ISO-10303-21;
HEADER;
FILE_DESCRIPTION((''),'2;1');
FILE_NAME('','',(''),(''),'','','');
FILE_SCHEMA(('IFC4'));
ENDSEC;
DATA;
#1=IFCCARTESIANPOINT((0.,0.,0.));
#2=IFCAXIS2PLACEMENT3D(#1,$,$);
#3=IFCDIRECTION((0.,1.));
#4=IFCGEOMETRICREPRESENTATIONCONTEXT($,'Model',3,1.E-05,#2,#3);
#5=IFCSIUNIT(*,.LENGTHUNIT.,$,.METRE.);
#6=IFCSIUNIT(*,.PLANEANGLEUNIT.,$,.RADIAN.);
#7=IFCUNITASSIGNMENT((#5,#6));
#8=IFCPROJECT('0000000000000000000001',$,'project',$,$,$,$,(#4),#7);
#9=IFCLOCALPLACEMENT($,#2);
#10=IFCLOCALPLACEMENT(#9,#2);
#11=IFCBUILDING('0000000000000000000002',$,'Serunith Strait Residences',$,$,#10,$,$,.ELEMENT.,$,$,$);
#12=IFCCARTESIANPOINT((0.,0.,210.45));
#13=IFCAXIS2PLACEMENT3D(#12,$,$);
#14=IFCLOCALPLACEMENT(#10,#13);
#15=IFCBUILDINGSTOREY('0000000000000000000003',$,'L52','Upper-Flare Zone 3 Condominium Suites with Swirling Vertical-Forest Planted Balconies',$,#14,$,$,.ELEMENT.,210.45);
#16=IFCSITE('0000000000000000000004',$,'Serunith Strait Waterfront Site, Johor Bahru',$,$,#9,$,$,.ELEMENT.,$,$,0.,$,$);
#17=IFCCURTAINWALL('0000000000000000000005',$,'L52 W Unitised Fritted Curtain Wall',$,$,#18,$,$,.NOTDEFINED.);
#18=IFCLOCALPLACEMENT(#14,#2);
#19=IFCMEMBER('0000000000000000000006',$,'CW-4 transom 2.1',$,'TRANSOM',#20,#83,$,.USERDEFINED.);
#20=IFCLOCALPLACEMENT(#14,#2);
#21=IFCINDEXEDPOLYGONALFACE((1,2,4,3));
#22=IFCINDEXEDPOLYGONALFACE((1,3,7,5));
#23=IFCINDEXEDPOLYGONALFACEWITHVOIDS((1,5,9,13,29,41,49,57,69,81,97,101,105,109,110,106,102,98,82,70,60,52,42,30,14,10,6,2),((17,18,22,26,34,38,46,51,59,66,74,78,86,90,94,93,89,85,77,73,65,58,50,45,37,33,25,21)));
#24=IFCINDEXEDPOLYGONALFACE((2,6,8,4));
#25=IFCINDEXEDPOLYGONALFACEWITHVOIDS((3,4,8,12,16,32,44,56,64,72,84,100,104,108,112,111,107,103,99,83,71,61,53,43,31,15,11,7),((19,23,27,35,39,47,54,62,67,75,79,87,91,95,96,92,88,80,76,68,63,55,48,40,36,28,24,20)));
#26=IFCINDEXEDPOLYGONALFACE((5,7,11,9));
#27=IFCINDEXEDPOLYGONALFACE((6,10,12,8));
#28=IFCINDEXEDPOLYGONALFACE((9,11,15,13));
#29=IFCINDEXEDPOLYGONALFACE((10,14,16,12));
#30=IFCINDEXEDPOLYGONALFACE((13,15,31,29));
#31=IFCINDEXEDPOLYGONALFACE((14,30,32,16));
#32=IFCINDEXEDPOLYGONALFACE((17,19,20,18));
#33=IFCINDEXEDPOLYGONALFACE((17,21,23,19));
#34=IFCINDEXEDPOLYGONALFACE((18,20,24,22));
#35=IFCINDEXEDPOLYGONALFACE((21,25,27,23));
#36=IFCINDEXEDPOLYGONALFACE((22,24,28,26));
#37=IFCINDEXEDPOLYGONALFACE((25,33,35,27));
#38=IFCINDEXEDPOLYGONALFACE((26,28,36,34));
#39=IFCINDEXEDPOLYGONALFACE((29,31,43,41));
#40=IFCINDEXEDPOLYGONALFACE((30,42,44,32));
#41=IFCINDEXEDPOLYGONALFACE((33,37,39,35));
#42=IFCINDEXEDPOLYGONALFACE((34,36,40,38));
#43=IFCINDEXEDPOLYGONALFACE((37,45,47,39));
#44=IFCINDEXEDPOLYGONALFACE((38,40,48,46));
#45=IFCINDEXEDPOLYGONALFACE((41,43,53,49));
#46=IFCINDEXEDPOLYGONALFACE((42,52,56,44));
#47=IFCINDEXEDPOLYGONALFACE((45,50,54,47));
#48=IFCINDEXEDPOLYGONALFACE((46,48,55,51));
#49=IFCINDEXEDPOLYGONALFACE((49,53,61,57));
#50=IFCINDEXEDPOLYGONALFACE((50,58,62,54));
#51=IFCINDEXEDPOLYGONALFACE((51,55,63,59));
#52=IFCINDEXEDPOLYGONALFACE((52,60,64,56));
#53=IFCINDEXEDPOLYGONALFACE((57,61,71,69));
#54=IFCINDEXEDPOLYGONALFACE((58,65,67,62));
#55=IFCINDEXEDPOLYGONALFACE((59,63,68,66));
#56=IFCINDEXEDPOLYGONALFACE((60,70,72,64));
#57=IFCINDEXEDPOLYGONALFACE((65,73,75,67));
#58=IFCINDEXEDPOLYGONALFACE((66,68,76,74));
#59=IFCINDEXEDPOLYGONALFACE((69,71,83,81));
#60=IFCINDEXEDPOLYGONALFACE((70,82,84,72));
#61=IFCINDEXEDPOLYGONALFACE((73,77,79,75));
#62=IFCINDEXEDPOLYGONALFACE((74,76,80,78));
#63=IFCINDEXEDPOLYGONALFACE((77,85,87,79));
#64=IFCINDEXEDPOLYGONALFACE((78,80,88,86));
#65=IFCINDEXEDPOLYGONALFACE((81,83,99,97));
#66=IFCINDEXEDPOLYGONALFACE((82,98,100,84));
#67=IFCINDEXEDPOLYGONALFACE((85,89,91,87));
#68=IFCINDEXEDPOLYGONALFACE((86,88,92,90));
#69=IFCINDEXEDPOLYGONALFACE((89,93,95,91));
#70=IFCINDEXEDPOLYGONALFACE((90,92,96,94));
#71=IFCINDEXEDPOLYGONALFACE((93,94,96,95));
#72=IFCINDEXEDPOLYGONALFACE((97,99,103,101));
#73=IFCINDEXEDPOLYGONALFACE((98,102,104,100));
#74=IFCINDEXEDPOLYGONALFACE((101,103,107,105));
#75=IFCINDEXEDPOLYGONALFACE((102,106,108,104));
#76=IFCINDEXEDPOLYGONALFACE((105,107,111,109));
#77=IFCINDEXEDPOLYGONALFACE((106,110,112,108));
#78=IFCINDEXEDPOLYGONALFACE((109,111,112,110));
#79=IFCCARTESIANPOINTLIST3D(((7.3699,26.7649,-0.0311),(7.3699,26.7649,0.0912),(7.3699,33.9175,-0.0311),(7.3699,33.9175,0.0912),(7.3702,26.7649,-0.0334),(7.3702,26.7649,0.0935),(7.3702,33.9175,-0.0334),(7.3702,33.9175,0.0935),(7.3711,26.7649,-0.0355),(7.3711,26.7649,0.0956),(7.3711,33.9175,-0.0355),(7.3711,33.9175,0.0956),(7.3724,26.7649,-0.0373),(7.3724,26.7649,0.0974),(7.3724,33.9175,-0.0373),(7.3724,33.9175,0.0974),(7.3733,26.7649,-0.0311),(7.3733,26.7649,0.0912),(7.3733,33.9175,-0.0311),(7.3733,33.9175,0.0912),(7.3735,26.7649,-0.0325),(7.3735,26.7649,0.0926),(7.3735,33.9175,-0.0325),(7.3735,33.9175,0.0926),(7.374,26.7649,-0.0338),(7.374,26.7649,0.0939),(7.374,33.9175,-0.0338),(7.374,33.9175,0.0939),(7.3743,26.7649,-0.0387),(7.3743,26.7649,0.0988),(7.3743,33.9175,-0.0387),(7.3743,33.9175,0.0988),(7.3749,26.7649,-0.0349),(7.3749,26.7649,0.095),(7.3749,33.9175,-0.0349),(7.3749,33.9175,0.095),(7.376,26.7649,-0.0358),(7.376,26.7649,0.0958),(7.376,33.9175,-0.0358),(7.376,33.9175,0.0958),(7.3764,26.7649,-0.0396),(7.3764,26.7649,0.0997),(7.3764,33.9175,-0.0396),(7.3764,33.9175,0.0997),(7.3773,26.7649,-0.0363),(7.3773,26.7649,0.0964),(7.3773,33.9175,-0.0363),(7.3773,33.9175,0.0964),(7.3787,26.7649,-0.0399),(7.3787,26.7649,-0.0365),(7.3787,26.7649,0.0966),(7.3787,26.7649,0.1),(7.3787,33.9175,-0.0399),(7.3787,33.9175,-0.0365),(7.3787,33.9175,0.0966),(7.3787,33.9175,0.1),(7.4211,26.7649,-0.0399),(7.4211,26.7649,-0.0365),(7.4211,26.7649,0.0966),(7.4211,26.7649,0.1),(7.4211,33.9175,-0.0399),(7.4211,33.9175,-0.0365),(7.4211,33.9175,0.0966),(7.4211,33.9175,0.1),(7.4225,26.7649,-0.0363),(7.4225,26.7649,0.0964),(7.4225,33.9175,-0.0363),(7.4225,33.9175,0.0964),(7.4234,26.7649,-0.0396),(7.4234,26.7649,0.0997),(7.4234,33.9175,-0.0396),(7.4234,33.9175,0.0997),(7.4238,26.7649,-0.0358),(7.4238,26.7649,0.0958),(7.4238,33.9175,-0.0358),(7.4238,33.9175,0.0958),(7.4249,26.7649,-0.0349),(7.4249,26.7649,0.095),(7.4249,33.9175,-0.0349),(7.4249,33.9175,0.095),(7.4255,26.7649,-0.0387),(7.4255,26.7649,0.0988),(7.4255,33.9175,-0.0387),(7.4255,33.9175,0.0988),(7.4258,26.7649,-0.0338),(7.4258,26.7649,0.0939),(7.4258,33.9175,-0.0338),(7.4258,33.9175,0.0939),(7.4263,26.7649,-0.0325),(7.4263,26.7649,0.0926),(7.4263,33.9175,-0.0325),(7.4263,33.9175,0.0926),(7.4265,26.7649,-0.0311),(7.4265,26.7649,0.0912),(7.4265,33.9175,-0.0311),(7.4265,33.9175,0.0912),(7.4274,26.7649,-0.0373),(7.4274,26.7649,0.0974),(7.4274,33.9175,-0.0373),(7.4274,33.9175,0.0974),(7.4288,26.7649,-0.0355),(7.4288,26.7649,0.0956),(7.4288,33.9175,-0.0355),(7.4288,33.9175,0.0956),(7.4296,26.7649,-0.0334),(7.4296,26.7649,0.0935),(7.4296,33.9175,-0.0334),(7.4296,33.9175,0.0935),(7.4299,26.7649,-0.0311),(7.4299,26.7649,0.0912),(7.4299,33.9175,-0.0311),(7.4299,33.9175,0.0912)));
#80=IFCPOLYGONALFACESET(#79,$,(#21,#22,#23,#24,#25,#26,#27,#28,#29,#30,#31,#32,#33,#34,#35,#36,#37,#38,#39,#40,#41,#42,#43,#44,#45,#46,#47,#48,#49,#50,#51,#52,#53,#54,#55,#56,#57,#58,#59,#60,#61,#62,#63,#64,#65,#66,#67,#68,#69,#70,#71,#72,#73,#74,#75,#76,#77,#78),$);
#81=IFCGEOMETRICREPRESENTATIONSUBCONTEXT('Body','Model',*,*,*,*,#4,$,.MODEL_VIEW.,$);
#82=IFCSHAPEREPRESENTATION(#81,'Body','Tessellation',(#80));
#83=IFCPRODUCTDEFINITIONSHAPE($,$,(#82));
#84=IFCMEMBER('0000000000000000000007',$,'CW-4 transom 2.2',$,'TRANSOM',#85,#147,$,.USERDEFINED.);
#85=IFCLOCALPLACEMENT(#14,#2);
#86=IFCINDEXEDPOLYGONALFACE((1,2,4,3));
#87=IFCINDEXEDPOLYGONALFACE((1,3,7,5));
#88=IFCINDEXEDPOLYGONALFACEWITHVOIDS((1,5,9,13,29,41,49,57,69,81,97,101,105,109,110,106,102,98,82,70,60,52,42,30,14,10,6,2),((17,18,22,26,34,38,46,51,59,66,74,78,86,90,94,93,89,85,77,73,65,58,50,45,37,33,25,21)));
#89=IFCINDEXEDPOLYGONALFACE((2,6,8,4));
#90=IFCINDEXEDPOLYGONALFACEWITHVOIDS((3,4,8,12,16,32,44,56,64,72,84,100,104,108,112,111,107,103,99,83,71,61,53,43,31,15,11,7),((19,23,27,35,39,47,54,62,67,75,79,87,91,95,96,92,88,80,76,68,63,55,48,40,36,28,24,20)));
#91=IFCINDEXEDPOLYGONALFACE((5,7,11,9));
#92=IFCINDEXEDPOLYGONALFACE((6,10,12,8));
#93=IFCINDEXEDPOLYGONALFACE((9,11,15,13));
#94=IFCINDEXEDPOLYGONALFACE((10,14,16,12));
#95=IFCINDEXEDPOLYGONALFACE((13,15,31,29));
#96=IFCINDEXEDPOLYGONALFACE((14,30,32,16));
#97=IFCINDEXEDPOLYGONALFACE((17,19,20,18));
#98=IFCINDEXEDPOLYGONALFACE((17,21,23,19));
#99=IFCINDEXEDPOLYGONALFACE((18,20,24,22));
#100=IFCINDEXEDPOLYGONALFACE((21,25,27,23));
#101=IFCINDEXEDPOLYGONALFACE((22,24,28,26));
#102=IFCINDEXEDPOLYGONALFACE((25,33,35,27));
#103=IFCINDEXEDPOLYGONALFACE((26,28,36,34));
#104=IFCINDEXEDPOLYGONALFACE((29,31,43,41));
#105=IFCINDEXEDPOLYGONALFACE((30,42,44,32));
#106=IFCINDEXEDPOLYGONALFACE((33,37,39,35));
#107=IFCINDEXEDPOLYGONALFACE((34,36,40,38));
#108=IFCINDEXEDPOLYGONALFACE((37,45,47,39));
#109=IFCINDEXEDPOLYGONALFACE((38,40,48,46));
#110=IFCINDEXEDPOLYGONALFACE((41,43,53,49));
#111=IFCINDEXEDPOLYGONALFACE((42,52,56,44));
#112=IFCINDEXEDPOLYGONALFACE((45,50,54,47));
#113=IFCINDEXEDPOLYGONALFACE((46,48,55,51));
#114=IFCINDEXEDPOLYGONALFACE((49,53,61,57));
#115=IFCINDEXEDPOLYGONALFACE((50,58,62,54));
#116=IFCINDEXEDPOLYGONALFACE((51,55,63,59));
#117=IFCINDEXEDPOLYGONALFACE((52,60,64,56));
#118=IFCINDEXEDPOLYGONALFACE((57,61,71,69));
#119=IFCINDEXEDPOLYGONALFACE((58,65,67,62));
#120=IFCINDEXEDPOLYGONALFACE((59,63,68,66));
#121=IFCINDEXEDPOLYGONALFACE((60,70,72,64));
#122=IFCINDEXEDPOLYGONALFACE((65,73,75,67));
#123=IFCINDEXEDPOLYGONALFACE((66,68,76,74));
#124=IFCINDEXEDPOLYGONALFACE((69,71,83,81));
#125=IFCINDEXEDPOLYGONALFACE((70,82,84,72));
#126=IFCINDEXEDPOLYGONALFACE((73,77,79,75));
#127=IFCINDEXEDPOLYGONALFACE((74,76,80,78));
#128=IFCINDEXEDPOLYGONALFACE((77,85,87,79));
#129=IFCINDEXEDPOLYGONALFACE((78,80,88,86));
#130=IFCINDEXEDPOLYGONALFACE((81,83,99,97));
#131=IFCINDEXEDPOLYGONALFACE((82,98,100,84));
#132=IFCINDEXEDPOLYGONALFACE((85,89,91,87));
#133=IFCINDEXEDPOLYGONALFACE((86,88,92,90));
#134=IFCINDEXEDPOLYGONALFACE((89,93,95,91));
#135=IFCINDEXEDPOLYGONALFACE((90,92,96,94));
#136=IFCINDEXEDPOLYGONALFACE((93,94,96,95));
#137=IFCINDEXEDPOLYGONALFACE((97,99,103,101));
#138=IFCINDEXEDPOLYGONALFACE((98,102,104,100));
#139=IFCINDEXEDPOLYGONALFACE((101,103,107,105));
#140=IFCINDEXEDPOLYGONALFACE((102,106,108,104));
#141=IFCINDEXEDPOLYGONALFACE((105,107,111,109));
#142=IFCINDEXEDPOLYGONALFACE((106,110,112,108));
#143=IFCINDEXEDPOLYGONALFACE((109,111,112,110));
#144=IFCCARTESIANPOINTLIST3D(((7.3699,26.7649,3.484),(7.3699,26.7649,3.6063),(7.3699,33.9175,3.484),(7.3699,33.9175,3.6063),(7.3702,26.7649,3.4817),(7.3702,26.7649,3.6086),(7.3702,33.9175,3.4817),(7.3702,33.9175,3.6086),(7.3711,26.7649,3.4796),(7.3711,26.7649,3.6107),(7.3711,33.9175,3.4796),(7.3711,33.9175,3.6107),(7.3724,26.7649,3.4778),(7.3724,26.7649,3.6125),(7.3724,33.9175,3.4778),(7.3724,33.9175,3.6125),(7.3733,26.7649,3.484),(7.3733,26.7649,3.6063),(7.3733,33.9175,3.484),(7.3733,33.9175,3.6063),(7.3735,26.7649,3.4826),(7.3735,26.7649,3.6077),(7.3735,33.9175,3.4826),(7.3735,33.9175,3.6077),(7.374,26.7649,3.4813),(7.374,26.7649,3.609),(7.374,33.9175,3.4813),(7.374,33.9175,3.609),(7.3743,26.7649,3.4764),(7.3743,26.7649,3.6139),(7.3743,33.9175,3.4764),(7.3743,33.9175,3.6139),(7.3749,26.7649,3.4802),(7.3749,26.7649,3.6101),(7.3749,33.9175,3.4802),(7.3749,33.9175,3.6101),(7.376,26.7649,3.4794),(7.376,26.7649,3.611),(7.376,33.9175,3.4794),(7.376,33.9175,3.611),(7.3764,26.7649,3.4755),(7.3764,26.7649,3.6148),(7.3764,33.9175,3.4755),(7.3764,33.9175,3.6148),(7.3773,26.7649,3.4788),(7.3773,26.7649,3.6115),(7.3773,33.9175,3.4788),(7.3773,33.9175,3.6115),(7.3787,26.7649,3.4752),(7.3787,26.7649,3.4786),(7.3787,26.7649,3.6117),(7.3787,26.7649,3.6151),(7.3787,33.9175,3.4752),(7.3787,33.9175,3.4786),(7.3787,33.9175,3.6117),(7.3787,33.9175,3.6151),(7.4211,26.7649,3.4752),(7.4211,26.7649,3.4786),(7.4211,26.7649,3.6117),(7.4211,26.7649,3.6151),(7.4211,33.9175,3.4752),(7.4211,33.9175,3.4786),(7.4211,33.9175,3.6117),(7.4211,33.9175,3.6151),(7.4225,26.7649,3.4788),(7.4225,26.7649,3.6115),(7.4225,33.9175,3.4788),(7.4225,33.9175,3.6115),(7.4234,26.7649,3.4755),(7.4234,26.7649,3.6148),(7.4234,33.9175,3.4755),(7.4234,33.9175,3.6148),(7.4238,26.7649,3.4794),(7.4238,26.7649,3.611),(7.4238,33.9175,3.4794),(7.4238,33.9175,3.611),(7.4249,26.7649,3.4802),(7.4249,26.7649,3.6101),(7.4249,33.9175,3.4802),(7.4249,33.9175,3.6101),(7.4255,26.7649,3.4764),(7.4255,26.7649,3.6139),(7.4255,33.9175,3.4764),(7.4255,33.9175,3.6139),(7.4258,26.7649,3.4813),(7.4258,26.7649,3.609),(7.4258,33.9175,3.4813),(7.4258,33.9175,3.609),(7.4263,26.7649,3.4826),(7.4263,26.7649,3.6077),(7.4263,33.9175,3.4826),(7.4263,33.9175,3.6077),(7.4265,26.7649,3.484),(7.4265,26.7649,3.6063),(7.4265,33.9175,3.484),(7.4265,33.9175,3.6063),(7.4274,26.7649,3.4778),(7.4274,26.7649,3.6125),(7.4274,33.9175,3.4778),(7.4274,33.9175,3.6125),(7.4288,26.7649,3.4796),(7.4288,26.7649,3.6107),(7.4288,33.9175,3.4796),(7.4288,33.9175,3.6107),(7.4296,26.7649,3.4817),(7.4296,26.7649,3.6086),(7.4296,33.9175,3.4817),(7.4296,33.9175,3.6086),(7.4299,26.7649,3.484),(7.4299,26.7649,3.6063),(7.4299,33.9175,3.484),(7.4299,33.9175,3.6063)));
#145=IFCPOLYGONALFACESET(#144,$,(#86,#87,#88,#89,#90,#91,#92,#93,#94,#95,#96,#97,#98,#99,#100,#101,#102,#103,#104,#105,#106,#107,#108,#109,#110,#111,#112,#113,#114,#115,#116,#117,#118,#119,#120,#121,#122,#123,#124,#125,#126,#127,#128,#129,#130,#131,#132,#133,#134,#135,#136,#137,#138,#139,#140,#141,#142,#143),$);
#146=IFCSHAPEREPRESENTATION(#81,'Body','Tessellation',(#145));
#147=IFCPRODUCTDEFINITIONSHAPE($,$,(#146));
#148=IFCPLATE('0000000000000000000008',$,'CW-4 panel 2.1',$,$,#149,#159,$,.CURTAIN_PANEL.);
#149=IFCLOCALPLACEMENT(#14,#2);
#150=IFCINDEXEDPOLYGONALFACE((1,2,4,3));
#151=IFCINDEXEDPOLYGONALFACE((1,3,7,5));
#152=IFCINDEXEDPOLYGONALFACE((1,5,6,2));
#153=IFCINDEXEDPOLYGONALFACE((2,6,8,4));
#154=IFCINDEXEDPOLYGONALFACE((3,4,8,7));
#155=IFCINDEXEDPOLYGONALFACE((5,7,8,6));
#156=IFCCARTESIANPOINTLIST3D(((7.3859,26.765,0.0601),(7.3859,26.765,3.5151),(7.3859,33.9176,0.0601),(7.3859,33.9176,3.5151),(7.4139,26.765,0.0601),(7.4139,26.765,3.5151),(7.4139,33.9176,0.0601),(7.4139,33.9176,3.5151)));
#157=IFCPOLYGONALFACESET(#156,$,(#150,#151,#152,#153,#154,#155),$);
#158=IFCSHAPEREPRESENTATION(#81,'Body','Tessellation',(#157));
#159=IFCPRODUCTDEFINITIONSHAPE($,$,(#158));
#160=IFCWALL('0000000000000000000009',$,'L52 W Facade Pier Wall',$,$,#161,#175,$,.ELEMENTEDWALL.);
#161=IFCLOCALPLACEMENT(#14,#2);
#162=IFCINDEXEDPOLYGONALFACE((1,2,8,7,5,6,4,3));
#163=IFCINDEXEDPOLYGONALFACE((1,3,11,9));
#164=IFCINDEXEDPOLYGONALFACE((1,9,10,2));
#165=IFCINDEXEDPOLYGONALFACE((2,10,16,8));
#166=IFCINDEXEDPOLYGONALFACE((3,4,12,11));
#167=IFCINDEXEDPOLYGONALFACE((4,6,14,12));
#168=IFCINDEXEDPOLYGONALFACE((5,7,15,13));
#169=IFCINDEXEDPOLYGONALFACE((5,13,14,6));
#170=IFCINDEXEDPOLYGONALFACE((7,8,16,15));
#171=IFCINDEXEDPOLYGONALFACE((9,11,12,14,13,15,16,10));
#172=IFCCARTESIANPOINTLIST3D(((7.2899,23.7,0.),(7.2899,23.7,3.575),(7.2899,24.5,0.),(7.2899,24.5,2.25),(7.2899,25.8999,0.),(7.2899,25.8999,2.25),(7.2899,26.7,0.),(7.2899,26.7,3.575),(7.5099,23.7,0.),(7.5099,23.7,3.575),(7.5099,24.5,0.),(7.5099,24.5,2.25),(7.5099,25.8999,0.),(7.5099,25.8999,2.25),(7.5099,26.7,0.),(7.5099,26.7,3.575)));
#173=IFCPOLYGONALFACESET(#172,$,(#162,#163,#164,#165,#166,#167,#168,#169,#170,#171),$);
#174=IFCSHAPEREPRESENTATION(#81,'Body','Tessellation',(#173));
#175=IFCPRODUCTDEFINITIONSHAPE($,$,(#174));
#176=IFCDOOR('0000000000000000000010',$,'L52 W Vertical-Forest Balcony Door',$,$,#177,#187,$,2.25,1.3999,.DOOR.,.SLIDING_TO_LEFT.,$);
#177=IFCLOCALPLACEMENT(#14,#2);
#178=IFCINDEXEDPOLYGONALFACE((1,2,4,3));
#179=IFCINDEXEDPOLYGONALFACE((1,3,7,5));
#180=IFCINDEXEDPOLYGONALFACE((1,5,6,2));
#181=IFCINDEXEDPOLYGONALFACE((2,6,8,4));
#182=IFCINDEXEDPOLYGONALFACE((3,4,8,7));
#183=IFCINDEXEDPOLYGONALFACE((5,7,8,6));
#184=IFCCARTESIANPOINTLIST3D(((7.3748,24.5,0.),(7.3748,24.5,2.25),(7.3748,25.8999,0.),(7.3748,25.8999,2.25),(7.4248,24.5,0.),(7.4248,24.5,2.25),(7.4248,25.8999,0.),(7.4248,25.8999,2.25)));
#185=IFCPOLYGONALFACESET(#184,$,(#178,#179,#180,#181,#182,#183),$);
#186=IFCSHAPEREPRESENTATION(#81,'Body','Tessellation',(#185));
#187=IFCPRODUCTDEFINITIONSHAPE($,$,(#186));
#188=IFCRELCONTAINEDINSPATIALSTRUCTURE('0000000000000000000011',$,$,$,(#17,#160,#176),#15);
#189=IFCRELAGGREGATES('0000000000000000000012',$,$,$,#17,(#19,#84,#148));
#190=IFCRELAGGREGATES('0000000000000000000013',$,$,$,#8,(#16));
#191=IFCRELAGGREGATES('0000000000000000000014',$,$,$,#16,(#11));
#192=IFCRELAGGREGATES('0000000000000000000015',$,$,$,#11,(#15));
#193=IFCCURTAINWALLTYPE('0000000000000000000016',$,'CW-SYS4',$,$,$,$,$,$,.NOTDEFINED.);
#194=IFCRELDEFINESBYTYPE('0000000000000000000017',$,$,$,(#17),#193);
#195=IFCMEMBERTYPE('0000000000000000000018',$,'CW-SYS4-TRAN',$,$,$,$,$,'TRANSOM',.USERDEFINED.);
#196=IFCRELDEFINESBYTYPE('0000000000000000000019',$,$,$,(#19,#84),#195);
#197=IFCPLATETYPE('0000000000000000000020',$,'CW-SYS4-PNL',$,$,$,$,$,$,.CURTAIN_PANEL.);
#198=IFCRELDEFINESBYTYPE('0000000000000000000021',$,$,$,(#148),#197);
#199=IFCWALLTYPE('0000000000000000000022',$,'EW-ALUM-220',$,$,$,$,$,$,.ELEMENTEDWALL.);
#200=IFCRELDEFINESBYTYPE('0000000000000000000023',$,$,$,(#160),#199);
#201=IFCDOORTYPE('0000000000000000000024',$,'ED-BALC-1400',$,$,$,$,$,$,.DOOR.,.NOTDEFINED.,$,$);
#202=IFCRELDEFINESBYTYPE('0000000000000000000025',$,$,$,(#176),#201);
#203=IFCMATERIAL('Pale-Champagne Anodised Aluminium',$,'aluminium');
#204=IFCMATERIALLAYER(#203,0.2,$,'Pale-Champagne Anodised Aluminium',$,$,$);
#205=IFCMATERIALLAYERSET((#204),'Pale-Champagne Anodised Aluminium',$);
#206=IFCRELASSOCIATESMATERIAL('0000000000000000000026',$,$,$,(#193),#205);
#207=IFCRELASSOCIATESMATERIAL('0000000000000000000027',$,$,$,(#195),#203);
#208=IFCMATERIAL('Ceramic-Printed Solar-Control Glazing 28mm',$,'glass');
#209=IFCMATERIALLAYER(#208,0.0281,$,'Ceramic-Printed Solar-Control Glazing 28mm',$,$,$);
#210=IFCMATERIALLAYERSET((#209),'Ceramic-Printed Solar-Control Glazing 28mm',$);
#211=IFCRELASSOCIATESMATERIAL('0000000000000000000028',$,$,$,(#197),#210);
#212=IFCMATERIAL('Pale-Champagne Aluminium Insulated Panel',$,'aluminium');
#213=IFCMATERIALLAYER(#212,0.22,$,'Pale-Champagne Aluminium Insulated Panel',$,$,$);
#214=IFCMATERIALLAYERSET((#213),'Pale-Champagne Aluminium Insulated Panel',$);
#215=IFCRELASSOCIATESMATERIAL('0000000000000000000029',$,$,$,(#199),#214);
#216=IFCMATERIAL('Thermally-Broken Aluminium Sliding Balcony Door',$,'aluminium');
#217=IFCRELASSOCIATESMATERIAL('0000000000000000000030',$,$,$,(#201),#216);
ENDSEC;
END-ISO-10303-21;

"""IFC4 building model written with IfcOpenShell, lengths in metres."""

from ifc_helpers import new_model, si_unit, direction, frame, frame_2d, origin, origin_2d, place, context, subcontext, project, spatial, rectangle, hollow_rectangle, extrude, source, transform, mapped, material, layer, layer_set, material_profile, profile_set, type_object, element, fill, aggregate, save


model = new_model("IFC4")

# Units and contexts
model_context = context("Model", 3, precision=1e-05, world=origin(), true_north=direction((0.0, 1.0)))
body_context = subcontext(model_context, "Body", "Model", "MODEL_VIEW")
ifc_project = project(units=[si_unit("LENGTHUNIT", "METRE"), si_unit("PLANEANGLEUNIT", "RADIAN")], contexts=[model_context])

# Site, building, storey
site_placement = place(None, origin())
site = spatial("IfcSite", under=ifc_project, at=site_placement, Name="Serunith Strait Waterfront Site, Johor Bahru", CompositionType="ELEMENT", RefElevation=0.0)
building_placement = place(site_placement, origin())
building = spatial("IfcBuilding", under=site, at=building_placement, Name="Serunith Strait Residences", CompositionType="ELEMENT")
storey_placement = place(building_placement, frame((0.0, 0.0, 210.45)))
storey = spatial("IfcBuildingStorey", under=building, at=storey_placement, Name="L52", Description="Upper-Flare Zone 3 Condominium Suites with Swirling Vertical-Forest Planted Balconies", CompositionType="ELEMENT", Elevation=210.45)

# Curtain wall, members, plate
ifc_material_1 = material(Name="Pale-Champagne Anodised Aluminium", Category="aluminium")
ifc_layer_1 = layer(ifc_material_1, 0.2, Name="Pale-Champagne Anodised Aluminium")
ifc_layer_set_1 = layer_set([ifc_layer_1], Name="Pale-Champagne Anodised Aluminium")
curtain_wall_type = type_object("IfcCurtainWallType", Name="CW-SYS4", PredefinedType="NOTDEFINED", material=ifc_layer_set_1)
curtain_wall_placement = place(storey_placement, origin())
curtain_wall = element("IfcCurtainWall", 1, at=curtain_wall_placement, inside=storey, type_object=curtain_wall_type, Name="L52 W Unitised Fritted Curtain Wall", PredefinedType="NOTDEFINED")
ifc_material_profile_1 = material_profile(ifc_material_1, hollow_rectangle(XDim=0.0601, YDim=0.1399, WallThickness=0.0034, InnerFilletRadius=0.0054, OuterFilletRadius=0.0088, at=origin_2d()), Name="ALU 140x60x3.5")
ifc_profile_set_1 = profile_set([ifc_material_profile_1], Name="Pale-Champagne Anodised Aluminium")
member_type_1 = type_object("IfcMemberType", Name="CW-SYS4-TRAN", ElementType="TRANSOM", PredefinedType="USERDEFINED", material=ifc_profile_set_1)
shared_shape_1 = source(origin(), body_context, "Body", "SweptSolid", [
    extrude(hollow_rectangle(XDim=0.0601, YDim=0.1399, WallThickness=0.0034, InnerFilletRadius=0.0054, OuterFilletRadius=0.0088, at=origin_2d()), origin(), (0.0, 0.0, 1.0), 7.1526),
])
member_1_placement = place(storey_placement, frame((7.3999, 33.9175, 0.03), z_axis=(0.0, -1.0, 0.0), x_axis=(1.0, 0.0, 0.0)))
member_1 = element("IfcMember", 2, at=member_1_placement, type_object=member_type_1, Name="CW-4 transom 2.1", ObjectType="TRANSOM", PredefinedType="USERDEFINED", context=body_context, shape_type="MappedRepresentation", body=[
    mapped(shared_shape_1, transform((0.0, 0.0, 0.0), scale=1.0)),
])
member_2_placement = place(storey_placement, frame((7.3999, 33.9175, 3.5452), z_axis=(0.0, -1.0, 0.0), x_axis=(1.0, 0.0, 0.0)))
member_2 = element("IfcMember", 3, at=member_2_placement, type_object=member_type_1, Name="CW-4 transom 2.2", ObjectType="TRANSOM", PredefinedType="USERDEFINED", context=body_context, shape_type="MappedRepresentation", body=[
    mapped(shared_shape_1, transform((0.0, 0.0, 0.0), scale=1.0)),
])
ifc_material_2 = material(Name="Ceramic-Printed Solar-Control Glazing 28mm", Category="glass")
ifc_layer_2 = layer(ifc_material_2, 0.0281, Name="Ceramic-Printed Solar-Control Glazing 28mm")
ifc_layer_set_2 = layer_set([ifc_layer_2], Name="Ceramic-Printed Solar-Control Glazing 28mm")
plate_type = type_object("IfcPlateType", Name="CW-SYS4-PNL", PredefinedType="CURTAIN_PANEL", material=ifc_layer_set_2)
shared_shape_2 = source(origin(), body_context, "Body", "SweptSolid", [
    extrude(rectangle(XDim=7.1526, YDim=0.0281, at=origin_2d()), origin(), (0.0, 0.0, 1.0), 3.4551),
])
plate_placement = place(storey_placement, frame((7.3999, 30.3413, 0.0601), z_axis=(0.0, 0.0, 1.0), x_axis=(0.0, -1.0, 0.0)))
plate = element("IfcPlate", 4, at=plate_placement, type_object=plate_type, Name="CW-4 panel 2.1", PredefinedType="CURTAIN_PANEL", context=body_context, shape_type="MappedRepresentation", body=[
    mapped(shared_shape_2, transform((0.0, 0.0, 0.0), scale=1.0)),
])
aggregate(curtain_wall, [member_1, member_2, plate])

# Wall, opening, door
ifc_material_3 = material(Name="Pale-Champagne Aluminium Insulated Panel", Category="aluminium")
ifc_layer_3 = layer(ifc_material_3, 0.22, Name="Pale-Champagne Aluminium Insulated Panel")
ifc_layer_set_3 = layer_set([ifc_layer_3], Name="Pale-Champagne Aluminium Insulated Panel")
wall_type_1 = type_object("IfcWallType", Name="EW-ALUM-220", PredefinedType="ELEMENTEDWALL", material=ifc_layer_set_3)
wall_1_placement = place(storey_placement, frame((7.3999, 26.7, 0.0), z_axis=(0.0, 0.0, 1.0), x_axis=(0.0, -1.0, 0.0)))
wall_1 = element("IfcWall", 5, at=wall_1_placement, inside=storey, type_object=wall_type_1, Name="L52 W Facade Pier Wall", PredefinedType="ELEMENTEDWALL", context=body_context, shape_type="SweptSolid", body=[
    extrude(rectangle(XDim=3.0, YDim=0.22, at=frame_2d((1.5, 0.0))), origin(), (0.0, 0.0, 1.0), 3.575),
])
opening_1_placement = place(wall_1_placement, frame((0.8, 0.0, 0.0)))
opening_1 = element("IfcOpeningElement", 6, at=opening_1_placement, cuts=wall_1, PredefinedType="OPENING", context=body_context, shape_type="SweptSolid", body=[
    extrude(rectangle(XDim=1.3999, YDim=2.25, at=frame_2d((0.7, 1.125))), frame((0.0, 0.1201, 0.0), z_axis=(0.0, -1.0, 0.0), x_axis=(1.0, 0.0, 0.0)), (0.0, 0.0, 1.0), 0.24),
])
ifc_material_4 = material(Name="Thermally-Broken Aluminium Sliding Balcony Door", Category="aluminium")
door_type_1 = type_object("IfcDoorType", Name="ED-BALC-1400", OperationType="NOTDEFINED", PredefinedType="DOOR", material=ifc_material_4)
shared_shape_3 = source(origin(), body_context, "Body", "SweptSolid", [
    extrude(rectangle(XDim=1.3999, YDim=2.25, at=frame_2d((0.7, 1.125))), frame((0.0, 0.0249, 0.0), z_axis=(0.0, -1.0, 0.0), x_axis=(1.0, 0.0, 0.0)), (0.0, 0.0, 1.0), 0.05),
])
door_1_placement = place(opening_1_placement, origin())
door_1 = element("IfcDoor", 7, at=door_1_placement, inside=storey, type_object=door_type_1, Name="L52 W Vertical-Forest Balcony Door", OperationType="SLIDING_TO_LEFT", OverallHeight=2.25, OverallWidth=1.3999, PredefinedType="DOOR", context=body_context, shape_type="MappedRepresentation", body=[
    mapped(shared_shape_3, transform((0.0, 0.0, 0.0), scale=1.0)),
])
fill(opening_1, door_1)

save(model, "model.ifc")
